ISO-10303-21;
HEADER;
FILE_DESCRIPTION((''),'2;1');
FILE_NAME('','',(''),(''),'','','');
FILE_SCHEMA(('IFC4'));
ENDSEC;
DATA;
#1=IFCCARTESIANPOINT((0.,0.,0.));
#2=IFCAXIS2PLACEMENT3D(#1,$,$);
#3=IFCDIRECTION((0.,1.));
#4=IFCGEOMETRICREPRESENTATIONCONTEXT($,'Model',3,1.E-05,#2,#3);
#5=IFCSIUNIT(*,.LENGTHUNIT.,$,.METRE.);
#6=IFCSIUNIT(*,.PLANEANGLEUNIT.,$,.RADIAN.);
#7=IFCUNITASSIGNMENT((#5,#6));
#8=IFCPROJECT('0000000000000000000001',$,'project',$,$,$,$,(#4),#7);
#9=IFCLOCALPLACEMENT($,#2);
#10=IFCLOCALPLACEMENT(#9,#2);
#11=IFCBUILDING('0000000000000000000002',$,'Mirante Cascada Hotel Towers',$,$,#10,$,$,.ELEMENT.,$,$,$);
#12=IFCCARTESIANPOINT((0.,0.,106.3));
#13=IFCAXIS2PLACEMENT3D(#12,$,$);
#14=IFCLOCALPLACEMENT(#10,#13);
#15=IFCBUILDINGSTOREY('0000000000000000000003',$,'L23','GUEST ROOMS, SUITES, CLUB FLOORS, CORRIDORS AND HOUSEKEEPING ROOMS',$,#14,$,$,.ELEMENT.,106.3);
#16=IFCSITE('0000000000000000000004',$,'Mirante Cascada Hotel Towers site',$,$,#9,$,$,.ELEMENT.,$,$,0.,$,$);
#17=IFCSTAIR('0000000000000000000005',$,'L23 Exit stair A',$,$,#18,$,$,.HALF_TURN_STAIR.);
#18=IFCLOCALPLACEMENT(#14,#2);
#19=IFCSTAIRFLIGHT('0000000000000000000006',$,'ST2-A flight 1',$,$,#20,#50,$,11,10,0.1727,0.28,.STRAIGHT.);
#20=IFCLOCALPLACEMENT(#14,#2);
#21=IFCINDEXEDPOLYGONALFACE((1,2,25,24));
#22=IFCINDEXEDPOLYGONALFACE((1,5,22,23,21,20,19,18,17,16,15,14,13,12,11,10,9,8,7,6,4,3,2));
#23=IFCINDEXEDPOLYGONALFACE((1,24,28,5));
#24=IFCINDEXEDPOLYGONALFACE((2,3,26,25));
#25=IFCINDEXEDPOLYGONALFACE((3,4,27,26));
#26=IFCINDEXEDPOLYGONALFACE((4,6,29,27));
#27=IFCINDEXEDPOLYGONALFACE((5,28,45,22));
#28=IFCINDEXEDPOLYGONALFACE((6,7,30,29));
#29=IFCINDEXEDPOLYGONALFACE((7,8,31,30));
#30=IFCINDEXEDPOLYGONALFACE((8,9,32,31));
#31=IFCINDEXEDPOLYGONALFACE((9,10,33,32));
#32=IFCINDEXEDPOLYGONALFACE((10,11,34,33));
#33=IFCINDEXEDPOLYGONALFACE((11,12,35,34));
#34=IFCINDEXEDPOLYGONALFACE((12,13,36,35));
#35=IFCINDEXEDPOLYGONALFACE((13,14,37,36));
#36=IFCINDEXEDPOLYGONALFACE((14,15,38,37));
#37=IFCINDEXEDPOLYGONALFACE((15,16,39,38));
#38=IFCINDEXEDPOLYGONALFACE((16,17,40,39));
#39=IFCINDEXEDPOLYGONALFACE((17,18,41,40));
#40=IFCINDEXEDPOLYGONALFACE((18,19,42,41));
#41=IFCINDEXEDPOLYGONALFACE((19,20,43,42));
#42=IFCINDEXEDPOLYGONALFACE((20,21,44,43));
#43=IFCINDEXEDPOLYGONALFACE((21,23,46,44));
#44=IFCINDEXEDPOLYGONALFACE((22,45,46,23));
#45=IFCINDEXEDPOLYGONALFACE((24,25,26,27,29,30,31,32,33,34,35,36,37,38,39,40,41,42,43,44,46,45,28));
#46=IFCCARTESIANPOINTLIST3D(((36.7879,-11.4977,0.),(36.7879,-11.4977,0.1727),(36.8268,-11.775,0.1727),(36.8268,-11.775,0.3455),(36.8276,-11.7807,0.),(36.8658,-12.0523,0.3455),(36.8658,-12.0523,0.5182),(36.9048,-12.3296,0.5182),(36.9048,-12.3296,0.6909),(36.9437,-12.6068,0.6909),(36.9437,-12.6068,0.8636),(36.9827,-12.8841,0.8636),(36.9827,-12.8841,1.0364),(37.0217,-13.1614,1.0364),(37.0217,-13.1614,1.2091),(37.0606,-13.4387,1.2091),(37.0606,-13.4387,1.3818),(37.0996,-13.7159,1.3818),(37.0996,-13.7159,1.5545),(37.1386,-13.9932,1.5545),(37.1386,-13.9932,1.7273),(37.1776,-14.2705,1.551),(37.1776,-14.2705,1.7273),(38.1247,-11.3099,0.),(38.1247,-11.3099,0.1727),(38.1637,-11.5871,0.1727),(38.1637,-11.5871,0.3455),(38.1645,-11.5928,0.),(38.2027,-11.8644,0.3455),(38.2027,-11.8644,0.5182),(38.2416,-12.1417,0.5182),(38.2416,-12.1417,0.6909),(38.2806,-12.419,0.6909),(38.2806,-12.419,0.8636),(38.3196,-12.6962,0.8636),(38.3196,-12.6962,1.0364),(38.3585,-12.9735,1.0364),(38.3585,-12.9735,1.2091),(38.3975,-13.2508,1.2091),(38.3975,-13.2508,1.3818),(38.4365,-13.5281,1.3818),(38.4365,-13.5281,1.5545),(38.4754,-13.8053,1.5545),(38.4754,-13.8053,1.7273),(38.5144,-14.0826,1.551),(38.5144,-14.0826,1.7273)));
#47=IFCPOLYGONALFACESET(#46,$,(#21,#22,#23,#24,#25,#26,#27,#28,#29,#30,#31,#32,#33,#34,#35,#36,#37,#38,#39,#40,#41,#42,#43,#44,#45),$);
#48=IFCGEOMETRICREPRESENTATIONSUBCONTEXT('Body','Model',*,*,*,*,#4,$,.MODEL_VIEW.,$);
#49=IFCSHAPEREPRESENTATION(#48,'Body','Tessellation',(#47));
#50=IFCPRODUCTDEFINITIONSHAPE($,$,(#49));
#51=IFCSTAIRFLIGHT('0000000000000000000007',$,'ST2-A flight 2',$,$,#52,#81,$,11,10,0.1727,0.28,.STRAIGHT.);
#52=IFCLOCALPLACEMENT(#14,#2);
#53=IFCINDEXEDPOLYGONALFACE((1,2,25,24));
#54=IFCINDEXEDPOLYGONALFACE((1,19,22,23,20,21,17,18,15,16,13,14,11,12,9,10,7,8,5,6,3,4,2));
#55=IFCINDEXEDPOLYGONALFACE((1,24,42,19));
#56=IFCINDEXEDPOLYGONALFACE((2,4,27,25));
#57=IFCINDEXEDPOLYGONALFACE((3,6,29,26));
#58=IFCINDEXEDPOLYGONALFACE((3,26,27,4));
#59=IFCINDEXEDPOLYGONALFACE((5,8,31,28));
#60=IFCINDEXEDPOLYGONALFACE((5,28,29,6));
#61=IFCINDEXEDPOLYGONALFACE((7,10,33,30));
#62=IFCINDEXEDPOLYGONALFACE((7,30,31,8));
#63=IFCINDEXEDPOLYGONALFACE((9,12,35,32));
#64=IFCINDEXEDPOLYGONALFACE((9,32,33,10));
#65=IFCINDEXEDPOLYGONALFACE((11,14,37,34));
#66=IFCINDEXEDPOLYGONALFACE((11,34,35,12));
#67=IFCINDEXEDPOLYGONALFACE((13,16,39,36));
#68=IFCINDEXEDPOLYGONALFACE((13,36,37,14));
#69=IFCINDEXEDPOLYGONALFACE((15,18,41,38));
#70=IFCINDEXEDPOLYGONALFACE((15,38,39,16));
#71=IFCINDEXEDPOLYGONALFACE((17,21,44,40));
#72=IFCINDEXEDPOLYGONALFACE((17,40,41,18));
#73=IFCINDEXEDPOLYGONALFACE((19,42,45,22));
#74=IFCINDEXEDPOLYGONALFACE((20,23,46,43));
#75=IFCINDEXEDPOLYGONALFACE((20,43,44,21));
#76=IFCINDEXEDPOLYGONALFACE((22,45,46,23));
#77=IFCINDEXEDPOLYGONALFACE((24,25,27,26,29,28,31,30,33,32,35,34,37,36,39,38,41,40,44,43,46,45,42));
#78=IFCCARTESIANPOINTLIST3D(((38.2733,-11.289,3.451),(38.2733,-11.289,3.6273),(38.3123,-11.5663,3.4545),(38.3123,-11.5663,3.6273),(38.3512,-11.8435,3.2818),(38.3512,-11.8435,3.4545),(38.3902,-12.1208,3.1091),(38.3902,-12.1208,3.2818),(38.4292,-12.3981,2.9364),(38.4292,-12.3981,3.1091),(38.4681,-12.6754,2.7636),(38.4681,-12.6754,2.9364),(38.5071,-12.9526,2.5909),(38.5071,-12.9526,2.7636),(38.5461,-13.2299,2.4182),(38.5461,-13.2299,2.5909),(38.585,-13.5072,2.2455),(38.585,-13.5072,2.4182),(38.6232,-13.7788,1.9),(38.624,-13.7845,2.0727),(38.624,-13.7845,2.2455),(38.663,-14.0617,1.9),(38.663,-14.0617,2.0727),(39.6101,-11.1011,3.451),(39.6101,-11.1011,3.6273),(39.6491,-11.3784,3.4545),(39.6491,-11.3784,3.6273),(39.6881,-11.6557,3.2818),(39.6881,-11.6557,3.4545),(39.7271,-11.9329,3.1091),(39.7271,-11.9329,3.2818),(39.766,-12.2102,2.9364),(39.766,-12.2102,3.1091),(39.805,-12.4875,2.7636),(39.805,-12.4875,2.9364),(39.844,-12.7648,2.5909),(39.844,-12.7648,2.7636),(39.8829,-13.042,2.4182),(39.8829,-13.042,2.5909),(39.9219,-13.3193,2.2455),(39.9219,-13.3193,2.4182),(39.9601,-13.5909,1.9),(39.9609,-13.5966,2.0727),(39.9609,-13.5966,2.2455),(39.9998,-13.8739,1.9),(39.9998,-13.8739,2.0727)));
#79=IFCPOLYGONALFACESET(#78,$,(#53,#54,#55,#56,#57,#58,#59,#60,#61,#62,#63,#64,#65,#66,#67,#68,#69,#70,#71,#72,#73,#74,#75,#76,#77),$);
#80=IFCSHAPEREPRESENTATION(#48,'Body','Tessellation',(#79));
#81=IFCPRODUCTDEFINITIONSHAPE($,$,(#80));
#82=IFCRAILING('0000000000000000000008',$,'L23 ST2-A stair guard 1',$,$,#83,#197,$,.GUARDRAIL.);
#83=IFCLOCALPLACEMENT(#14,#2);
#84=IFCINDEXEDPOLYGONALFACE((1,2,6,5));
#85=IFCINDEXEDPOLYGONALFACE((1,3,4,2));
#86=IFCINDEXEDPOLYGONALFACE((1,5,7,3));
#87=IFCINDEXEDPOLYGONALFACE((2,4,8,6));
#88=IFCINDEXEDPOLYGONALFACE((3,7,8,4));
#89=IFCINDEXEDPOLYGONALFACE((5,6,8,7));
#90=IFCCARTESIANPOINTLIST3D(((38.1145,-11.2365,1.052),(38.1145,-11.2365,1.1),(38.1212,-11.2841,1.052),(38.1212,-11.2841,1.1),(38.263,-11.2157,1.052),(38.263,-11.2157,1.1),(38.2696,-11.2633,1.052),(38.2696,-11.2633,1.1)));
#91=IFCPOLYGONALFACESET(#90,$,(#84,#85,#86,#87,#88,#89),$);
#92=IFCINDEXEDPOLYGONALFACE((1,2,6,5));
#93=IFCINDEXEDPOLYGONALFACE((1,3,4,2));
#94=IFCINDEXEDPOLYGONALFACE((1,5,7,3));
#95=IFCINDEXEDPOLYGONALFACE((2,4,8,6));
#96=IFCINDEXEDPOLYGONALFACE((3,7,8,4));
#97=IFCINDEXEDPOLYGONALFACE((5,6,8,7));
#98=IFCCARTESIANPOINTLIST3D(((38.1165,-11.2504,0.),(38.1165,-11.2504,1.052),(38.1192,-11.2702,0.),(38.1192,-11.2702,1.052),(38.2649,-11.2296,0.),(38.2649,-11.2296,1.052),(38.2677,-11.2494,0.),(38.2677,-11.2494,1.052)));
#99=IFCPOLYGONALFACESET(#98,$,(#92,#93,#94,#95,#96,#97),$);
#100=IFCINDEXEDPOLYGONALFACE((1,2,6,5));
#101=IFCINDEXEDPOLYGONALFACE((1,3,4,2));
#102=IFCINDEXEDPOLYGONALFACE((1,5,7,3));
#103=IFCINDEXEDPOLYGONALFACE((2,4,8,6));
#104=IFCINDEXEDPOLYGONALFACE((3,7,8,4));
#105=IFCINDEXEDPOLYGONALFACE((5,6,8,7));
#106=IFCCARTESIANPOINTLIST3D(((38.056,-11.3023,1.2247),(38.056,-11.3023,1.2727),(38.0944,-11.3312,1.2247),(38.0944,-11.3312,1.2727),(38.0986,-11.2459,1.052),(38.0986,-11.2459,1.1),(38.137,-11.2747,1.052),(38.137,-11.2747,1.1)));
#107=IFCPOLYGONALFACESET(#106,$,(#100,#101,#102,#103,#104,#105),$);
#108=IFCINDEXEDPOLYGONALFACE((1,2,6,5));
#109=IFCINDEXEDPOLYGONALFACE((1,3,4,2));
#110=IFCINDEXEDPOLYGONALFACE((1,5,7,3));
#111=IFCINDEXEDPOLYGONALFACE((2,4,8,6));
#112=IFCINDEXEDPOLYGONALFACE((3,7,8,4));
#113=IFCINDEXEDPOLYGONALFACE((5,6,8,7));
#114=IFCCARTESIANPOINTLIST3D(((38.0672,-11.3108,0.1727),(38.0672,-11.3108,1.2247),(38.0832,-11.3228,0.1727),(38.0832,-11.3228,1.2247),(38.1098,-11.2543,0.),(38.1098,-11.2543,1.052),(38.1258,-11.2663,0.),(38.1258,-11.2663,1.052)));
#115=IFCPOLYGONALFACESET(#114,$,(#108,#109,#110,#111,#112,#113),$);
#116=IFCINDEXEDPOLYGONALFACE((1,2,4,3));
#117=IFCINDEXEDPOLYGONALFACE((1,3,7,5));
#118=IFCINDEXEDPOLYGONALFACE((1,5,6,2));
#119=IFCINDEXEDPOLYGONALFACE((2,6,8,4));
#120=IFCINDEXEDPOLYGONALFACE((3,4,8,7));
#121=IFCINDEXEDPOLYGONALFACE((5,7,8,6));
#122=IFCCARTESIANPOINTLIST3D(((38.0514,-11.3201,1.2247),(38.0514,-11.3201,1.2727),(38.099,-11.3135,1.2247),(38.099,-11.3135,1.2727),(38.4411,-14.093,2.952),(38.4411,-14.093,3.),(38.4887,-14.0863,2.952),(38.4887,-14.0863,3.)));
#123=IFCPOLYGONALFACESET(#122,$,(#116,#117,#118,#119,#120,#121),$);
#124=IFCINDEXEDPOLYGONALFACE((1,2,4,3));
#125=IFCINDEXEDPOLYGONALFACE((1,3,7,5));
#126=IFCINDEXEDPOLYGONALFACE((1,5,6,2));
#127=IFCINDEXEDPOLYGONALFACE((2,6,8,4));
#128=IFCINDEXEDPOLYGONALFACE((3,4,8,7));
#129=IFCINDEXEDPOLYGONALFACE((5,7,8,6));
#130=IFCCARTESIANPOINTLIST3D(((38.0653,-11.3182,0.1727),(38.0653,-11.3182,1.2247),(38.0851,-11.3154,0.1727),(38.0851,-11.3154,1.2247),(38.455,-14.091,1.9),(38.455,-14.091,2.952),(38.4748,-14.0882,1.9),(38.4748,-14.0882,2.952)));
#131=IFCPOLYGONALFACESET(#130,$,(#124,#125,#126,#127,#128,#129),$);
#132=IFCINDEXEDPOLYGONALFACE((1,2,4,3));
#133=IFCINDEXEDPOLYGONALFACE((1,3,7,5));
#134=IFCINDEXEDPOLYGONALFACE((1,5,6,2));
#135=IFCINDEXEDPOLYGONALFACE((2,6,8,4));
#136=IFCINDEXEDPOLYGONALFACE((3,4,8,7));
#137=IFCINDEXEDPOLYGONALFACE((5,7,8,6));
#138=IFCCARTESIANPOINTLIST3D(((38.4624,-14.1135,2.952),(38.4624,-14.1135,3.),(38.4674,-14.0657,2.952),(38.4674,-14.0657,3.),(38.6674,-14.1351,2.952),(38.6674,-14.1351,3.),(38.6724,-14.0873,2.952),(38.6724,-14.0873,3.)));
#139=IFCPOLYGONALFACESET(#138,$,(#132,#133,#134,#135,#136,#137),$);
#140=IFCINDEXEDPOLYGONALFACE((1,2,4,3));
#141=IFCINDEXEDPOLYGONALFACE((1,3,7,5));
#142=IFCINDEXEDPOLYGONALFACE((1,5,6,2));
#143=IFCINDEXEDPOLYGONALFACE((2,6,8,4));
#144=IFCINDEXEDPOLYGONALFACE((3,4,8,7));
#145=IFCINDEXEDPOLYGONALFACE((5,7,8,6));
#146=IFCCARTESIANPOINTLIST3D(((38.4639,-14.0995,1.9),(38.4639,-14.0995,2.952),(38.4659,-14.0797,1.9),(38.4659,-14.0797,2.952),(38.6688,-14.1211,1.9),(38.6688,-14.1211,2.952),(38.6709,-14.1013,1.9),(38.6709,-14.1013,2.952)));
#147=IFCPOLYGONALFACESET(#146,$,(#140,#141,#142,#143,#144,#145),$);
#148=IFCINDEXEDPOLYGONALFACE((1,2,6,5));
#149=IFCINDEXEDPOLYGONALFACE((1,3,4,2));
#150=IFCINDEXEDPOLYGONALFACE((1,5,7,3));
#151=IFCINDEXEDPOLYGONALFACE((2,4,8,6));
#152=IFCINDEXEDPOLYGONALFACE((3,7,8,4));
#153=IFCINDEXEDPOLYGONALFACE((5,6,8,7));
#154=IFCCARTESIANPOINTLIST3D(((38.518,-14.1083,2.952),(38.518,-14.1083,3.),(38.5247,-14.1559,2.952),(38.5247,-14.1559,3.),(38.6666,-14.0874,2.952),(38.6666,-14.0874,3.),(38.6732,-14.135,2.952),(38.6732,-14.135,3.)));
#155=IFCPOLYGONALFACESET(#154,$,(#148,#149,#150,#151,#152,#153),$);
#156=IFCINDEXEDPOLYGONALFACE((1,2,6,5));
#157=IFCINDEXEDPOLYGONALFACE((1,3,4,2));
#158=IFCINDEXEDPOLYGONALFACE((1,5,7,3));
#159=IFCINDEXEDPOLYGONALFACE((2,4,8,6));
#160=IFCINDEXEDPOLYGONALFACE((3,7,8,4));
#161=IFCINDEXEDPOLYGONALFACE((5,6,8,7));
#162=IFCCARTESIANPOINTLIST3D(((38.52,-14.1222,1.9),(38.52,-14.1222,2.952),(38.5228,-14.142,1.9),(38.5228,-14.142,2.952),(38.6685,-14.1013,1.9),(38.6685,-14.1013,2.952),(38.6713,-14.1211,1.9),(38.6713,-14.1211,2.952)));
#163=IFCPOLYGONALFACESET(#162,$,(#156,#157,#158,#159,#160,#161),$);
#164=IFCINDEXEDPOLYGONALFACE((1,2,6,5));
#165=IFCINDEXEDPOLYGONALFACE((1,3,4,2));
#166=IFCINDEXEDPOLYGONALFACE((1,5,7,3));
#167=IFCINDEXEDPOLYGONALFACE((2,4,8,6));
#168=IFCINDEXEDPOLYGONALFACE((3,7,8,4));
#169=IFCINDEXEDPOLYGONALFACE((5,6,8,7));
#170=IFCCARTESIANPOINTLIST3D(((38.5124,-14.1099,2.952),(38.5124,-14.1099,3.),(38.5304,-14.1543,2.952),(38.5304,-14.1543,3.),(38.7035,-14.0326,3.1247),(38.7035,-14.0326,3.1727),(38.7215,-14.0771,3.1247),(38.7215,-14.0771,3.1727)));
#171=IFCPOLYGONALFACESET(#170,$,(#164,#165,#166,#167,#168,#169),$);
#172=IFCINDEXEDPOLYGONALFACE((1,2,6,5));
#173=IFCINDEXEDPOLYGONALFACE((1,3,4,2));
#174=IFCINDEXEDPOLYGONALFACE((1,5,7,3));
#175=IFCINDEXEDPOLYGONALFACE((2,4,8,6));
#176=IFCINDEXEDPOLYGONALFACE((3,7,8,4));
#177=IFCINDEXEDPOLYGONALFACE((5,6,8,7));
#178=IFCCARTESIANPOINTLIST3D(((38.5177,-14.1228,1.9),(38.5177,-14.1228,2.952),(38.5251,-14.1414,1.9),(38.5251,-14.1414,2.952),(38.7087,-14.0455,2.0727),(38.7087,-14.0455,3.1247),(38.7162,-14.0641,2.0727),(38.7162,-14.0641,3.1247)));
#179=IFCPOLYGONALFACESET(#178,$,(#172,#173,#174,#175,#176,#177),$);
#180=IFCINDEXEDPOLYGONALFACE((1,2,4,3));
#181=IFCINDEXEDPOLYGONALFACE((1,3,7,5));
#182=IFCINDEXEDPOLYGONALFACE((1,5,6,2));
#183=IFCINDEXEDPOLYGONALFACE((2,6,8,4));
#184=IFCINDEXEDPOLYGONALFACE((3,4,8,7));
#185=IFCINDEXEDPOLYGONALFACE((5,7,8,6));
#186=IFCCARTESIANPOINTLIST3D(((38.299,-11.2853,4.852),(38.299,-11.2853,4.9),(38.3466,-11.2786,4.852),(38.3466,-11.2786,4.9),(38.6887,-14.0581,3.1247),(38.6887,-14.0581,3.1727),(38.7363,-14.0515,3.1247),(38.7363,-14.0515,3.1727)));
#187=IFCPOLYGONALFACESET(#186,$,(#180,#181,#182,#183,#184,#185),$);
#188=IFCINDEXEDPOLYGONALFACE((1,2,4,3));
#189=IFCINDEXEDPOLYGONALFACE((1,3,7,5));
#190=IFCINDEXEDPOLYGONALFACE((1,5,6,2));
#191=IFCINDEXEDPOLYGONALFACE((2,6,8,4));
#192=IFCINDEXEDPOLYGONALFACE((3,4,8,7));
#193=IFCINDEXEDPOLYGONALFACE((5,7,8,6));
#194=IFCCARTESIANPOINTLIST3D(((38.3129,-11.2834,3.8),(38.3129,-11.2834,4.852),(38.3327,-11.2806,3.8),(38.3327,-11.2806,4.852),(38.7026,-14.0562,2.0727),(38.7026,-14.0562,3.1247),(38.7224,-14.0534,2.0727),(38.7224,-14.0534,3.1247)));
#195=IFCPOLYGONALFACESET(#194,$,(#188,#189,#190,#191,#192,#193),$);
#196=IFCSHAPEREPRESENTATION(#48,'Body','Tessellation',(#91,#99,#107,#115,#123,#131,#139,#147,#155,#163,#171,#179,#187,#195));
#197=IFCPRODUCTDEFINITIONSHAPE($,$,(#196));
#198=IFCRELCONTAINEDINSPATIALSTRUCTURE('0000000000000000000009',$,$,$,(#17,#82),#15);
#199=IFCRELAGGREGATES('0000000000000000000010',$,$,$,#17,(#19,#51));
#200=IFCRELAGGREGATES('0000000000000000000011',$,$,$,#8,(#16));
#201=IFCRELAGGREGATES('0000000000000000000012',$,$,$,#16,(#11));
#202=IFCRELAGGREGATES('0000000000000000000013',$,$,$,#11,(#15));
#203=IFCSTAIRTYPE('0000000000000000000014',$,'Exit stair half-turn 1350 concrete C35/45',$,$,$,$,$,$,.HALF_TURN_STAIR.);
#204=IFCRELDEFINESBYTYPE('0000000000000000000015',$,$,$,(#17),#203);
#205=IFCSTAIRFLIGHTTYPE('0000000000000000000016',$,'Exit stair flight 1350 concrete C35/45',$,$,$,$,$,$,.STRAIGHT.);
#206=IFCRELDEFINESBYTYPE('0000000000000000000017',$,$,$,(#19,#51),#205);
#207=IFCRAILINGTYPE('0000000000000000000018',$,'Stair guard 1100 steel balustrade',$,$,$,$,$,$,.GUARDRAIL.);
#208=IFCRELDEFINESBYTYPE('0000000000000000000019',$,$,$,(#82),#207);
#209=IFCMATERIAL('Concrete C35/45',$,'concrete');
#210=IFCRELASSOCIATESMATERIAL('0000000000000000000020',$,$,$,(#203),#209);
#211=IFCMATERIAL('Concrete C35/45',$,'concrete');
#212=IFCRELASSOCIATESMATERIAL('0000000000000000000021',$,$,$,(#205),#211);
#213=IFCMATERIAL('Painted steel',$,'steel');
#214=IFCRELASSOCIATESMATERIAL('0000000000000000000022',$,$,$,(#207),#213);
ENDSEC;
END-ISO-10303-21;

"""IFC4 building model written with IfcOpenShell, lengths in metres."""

from ifc_helpers import new_model, si_unit, direction, frame, origin, origin_2d, place, context, subcontext, project, spatial, polyline, rectangle, outline, extrude, material, type_object, element, aggregate, save


model = new_model("IFC4")

# Units and contexts
model_context = context("Model", 3, precision=1e-05, world=origin(), true_north=direction((0.0, 1.0)))
body_context = subcontext(model_context, "Body", "Model", "MODEL_VIEW")
ifc_project = project(units=[si_unit("LENGTHUNIT", "METRE"), si_unit("PLANEANGLEUNIT", "RADIAN")], contexts=[model_context])

# Site, building, storey
site_placement = place(None, origin())
site = spatial("IfcSite", under=ifc_project, at=site_placement, Name="Mirante Cascada Hotel Towers site", CompositionType="ELEMENT", RefElevation=0.0)
building_placement = place(site_placement, origin())
building = spatial("IfcBuilding", under=site, at=building_placement, Name="Mirante Cascada Hotel Towers", CompositionType="ELEMENT")
storey_placement = place(building_placement, frame((0.0, 0.0, 106.3)))
storey = spatial("IfcBuildingStorey", under=building, at=storey_placement, Name="L23", Description="GUEST ROOMS, SUITES, CLUB FLOORS, CORRIDORS AND HOUSEKEEPING ROOMS", CompositionType="ELEMENT", Elevation=106.3)

# Stair, stair flights
ifc_material_1 = material(Name="Concrete C35/45", Category="concrete")
stair_type = type_object("IfcStairType", Name="Exit stair half-turn 1350 concrete C35/45", PredefinedType="HALF_TURN_STAIR", material=ifc_material_1)
stair_placement = place(storey_placement, origin())
stair = element("IfcStair", 1, at=stair_placement, inside=storey, type_object=stair_type, Name="L23 Exit stair A", PredefinedType="HALF_TURN_STAIR")
ifc_material_2 = material(Name="Concrete C35/45", Category="concrete")
stair_flight_type = type_object("IfcStairFlightType", Name="Exit stair flight 1350 concrete C35/45", PredefinedType="STRAIGHT", material=ifc_material_2)
stair_flight_1_placement = place(storey_placement, frame((37.4563, -11.4038, 0.0), z_axis=(0.0, 0.0, 1.0), x_axis=(0.139173, -0.990268, 0.0)))
stair_flight_1 = element("IfcStairFlight", 2, at=stair_flight_1_placement, type_object=stair_flight_type, Name="ST2-A flight 1", NumberOfRisers=11, NumberOfTreads=10, PredefinedType="STRAIGHT", RiserHeight=0.1727, TreadLength=0.28, context=body_context, shape_type="SweptSolid", body=[
    extrude(outline(polyline([(0.0, 0.0), (0.0, 0.1727), (0.28, 0.1727), (0.28, 0.3455), (0.56, 0.3455), (0.56, 0.5182), (0.84, 0.5182), (0.84, 0.6909), (1.12, 0.6909), (1.12, 0.8636), (1.4, 0.8636), (1.4, 1.0364), (1.68, 1.0364), (1.68, 1.2091), (1.96, 1.2091), (1.96, 1.3818), (2.24, 1.3818), (2.24, 1.5545), (2.52, 1.5545), (2.52, 1.7273), (2.8, 1.7273), (2.8, 1.9), (2.8, 1.551), (0.2857, 0.0), (0.0, 0.0)])), frame((0.0, 0.675, 0.0), z_axis=(0.0, -1.0, 0.0), x_axis=(1.0, 0.0, 0.0)), (0.0, 0.0, 1.0), 1.35),
])
stair_flight_2_placement = place(storey_placement, frame((39.3314, -13.9678, 1.9), z_axis=(0.0, 0.0, 1.0), x_axis=(-0.139173, 0.990268, 0.0)))
stair_flight_2 = element("IfcStairFlight", 3, at=stair_flight_2_placement, type_object=stair_flight_type, Name="ST2-A flight 2", NumberOfRisers=11, NumberOfTreads=10, PredefinedType="STRAIGHT", RiserHeight=0.1727, TreadLength=0.28, context=body_context, shape_type="SweptSolid", body=[
    extrude(outline(polyline([(0.0, 0.0), (0.0, 0.1727), (0.28, 0.1727), (0.28, 0.3455), (0.56, 0.3455), (0.56, 0.5182), (0.84, 0.5182), (0.84, 0.6909), (1.12, 0.6909), (1.12, 0.8636), (1.4, 0.8636), (1.4, 1.0364), (1.68, 1.0364), (1.68, 1.2091), (1.96, 1.2091), (1.96, 1.3818), (2.24, 1.3818), (2.24, 1.5545), (2.52, 1.5545), (2.52, 1.7273), (2.8, 1.7273), (2.8, 1.9), (2.8, 1.551), (0.2857, 0.0), (0.0, 0.0)])), frame((0.0, 0.675, 0.0), z_axis=(0.0, -1.0, 0.0), x_axis=(1.0, 0.0, 0.0)), (0.0, 0.0, 1.0), 1.35),
])
aggregate(stair, [stair_flight_1, stair_flight_2])

# Railing
ifc_material_3 = material(Name="Painted steel", Category="steel")
railing_type = type_object("IfcRailingType", Name="Stair guard 1100 steel balustrade", PredefinedType="GUARDRAIL", material=ifc_material_3)
railing_placement = place(storey_placement, frame((38.2663, -11.2395, 0.0)))
element("IfcRailing", 4, at=railing_placement, inside=storey, type_object=railing_type, Name="L23 ST2-A stair guard 1", PredefinedType="GUARDRAIL", context=body_context, shape_type="SweptSolid", body=[
    extrude(rectangle(XDim=0.048, YDim=0.048, at=origin_2d()), frame((0.0, 0.0, 1.076), z_axis=(-0.990333, -0.138713, 0.0), x_axis=(0.138713, -0.990333, 0.0)), (0.0, 0.0, 1.0), 0.1499),
    extrude(rectangle(XDim=0.02, YDim=1.052, at=origin_2d()), frame((0.0, 0.0, 0.526), z_axis=(-0.990333, -0.138713, 0.0), x_axis=(0.138713, -0.990333, 0.0)), (0.0, 0.0, 1.0), 0.1499),
    extrude(rectangle(XDim=0.048, YDim=0.048, at=origin_2d()), frame((-0.1485, -0.0208, 1.076), z_axis=(-0.602033, -0.798471, 0.0), x_axis=(0.798471, -0.602033, 0.0)), (0.0, 0.92534, 0.379139), 0.1866),
    extrude(rectangle(XDim=0.02, YDim=1.052, at=origin_2d()), frame((-0.1485, -0.0208, 0.526), z_axis=(-0.602033, -0.798471, 0.0), x_axis=(0.798471, -0.602033, 0.0)), (0.0, 0.92534, 0.379139), 0.1866),
    extrude(rectangle(XDim=0.048, YDim=0.048, at=origin_2d()), frame((-0.1911, -0.0773, 1.2487), z_axis=(0.139176, -0.990268, 0.0), x_axis=(0.990268, 0.139176, 0.0)), (0.0, 0.525021, 0.851089), 3.29),
    extrude(rectangle(XDim=0.02, YDim=1.052, at=origin_2d()), frame((-0.1911, -0.0773, 0.6987), z_axis=(0.139176, -0.990268, 0.0), x_axis=(0.990268, 0.139176, 0.0)), (0.0, 0.525021, 0.851089), 3.29),
    extrude(rectangle(XDim=0.048, YDim=0.048, at=origin_2d()), frame((0.1986, -2.8501, 2.976), z_axis=(0.994495, -0.104786, 0.0), x_axis=(0.104786, 0.994495, 0.0)), (0.0, 0.0, 1.0), 0.2061),
    extrude(rectangle(XDim=0.02, YDim=1.052, at=origin_2d()), frame((0.1986, -2.8501, 2.426), z_axis=(0.994495, -0.104786, 0.0), x_axis=(0.104786, 0.994495, 0.0)), (0.0, 0.0, 1.0), 0.2061),
    extrude(rectangle(XDim=0.048, YDim=0.048, at=origin_2d()), frame((0.4036, -2.8717, 2.976), z_axis=(-0.990241, -0.139367, 0.0), x_axis=(0.139367, -0.990241, 0.0)), (0.0, 0.0, 1.0), 0.15),
    extrude(rectangle(XDim=0.02, YDim=1.052, at=origin_2d()), frame((0.4036, -2.8717, 2.426), z_axis=(-0.990241, -0.139367, 0.0), x_axis=(0.139367, -0.990241, 0.0)), (0.0, 0.0, 1.0), 0.15),
    extrude(rectangle(XDim=0.048, YDim=0.048, at=origin_2d()), frame((0.2551, -2.8926, 2.976), z_axis=(0.927031, 0.374984, 0.0), x_axis=(-0.374984, 0.927031, 0.0)), (0.0, 0.64219, 0.766545), 0.2689),
    extrude(rectangle(XDim=0.02, YDim=1.052, at=origin_2d()), frame((0.2551, -2.8926, 2.426), z_axis=(0.927031, 0.374984, 0.0), x_axis=(-0.374984, 0.927031, 0.0)), (0.0, 0.64219, 0.766545), 0.2689),
    extrude(rectangle(XDim=0.048, YDim=0.048, at=origin_2d()), frame((0.4462, -2.8153, 3.1487), z_axis=(-0.139176, 0.990268, 0.0), x_axis=(-0.990268, -0.139176, 0.0)), (0.0, 0.525021, 0.851089), 3.29),
    extrude(rectangle(XDim=0.02, YDim=1.052, at=origin_2d()), frame((0.4462, -2.8153, 2.5987), z_axis=(-0.139176, 0.990268, 0.0), x_axis=(-0.990268, -0.139176, 0.0)), (0.0, 0.525021, 0.851089), 3.29),
])

save(model, "model.ifc")
